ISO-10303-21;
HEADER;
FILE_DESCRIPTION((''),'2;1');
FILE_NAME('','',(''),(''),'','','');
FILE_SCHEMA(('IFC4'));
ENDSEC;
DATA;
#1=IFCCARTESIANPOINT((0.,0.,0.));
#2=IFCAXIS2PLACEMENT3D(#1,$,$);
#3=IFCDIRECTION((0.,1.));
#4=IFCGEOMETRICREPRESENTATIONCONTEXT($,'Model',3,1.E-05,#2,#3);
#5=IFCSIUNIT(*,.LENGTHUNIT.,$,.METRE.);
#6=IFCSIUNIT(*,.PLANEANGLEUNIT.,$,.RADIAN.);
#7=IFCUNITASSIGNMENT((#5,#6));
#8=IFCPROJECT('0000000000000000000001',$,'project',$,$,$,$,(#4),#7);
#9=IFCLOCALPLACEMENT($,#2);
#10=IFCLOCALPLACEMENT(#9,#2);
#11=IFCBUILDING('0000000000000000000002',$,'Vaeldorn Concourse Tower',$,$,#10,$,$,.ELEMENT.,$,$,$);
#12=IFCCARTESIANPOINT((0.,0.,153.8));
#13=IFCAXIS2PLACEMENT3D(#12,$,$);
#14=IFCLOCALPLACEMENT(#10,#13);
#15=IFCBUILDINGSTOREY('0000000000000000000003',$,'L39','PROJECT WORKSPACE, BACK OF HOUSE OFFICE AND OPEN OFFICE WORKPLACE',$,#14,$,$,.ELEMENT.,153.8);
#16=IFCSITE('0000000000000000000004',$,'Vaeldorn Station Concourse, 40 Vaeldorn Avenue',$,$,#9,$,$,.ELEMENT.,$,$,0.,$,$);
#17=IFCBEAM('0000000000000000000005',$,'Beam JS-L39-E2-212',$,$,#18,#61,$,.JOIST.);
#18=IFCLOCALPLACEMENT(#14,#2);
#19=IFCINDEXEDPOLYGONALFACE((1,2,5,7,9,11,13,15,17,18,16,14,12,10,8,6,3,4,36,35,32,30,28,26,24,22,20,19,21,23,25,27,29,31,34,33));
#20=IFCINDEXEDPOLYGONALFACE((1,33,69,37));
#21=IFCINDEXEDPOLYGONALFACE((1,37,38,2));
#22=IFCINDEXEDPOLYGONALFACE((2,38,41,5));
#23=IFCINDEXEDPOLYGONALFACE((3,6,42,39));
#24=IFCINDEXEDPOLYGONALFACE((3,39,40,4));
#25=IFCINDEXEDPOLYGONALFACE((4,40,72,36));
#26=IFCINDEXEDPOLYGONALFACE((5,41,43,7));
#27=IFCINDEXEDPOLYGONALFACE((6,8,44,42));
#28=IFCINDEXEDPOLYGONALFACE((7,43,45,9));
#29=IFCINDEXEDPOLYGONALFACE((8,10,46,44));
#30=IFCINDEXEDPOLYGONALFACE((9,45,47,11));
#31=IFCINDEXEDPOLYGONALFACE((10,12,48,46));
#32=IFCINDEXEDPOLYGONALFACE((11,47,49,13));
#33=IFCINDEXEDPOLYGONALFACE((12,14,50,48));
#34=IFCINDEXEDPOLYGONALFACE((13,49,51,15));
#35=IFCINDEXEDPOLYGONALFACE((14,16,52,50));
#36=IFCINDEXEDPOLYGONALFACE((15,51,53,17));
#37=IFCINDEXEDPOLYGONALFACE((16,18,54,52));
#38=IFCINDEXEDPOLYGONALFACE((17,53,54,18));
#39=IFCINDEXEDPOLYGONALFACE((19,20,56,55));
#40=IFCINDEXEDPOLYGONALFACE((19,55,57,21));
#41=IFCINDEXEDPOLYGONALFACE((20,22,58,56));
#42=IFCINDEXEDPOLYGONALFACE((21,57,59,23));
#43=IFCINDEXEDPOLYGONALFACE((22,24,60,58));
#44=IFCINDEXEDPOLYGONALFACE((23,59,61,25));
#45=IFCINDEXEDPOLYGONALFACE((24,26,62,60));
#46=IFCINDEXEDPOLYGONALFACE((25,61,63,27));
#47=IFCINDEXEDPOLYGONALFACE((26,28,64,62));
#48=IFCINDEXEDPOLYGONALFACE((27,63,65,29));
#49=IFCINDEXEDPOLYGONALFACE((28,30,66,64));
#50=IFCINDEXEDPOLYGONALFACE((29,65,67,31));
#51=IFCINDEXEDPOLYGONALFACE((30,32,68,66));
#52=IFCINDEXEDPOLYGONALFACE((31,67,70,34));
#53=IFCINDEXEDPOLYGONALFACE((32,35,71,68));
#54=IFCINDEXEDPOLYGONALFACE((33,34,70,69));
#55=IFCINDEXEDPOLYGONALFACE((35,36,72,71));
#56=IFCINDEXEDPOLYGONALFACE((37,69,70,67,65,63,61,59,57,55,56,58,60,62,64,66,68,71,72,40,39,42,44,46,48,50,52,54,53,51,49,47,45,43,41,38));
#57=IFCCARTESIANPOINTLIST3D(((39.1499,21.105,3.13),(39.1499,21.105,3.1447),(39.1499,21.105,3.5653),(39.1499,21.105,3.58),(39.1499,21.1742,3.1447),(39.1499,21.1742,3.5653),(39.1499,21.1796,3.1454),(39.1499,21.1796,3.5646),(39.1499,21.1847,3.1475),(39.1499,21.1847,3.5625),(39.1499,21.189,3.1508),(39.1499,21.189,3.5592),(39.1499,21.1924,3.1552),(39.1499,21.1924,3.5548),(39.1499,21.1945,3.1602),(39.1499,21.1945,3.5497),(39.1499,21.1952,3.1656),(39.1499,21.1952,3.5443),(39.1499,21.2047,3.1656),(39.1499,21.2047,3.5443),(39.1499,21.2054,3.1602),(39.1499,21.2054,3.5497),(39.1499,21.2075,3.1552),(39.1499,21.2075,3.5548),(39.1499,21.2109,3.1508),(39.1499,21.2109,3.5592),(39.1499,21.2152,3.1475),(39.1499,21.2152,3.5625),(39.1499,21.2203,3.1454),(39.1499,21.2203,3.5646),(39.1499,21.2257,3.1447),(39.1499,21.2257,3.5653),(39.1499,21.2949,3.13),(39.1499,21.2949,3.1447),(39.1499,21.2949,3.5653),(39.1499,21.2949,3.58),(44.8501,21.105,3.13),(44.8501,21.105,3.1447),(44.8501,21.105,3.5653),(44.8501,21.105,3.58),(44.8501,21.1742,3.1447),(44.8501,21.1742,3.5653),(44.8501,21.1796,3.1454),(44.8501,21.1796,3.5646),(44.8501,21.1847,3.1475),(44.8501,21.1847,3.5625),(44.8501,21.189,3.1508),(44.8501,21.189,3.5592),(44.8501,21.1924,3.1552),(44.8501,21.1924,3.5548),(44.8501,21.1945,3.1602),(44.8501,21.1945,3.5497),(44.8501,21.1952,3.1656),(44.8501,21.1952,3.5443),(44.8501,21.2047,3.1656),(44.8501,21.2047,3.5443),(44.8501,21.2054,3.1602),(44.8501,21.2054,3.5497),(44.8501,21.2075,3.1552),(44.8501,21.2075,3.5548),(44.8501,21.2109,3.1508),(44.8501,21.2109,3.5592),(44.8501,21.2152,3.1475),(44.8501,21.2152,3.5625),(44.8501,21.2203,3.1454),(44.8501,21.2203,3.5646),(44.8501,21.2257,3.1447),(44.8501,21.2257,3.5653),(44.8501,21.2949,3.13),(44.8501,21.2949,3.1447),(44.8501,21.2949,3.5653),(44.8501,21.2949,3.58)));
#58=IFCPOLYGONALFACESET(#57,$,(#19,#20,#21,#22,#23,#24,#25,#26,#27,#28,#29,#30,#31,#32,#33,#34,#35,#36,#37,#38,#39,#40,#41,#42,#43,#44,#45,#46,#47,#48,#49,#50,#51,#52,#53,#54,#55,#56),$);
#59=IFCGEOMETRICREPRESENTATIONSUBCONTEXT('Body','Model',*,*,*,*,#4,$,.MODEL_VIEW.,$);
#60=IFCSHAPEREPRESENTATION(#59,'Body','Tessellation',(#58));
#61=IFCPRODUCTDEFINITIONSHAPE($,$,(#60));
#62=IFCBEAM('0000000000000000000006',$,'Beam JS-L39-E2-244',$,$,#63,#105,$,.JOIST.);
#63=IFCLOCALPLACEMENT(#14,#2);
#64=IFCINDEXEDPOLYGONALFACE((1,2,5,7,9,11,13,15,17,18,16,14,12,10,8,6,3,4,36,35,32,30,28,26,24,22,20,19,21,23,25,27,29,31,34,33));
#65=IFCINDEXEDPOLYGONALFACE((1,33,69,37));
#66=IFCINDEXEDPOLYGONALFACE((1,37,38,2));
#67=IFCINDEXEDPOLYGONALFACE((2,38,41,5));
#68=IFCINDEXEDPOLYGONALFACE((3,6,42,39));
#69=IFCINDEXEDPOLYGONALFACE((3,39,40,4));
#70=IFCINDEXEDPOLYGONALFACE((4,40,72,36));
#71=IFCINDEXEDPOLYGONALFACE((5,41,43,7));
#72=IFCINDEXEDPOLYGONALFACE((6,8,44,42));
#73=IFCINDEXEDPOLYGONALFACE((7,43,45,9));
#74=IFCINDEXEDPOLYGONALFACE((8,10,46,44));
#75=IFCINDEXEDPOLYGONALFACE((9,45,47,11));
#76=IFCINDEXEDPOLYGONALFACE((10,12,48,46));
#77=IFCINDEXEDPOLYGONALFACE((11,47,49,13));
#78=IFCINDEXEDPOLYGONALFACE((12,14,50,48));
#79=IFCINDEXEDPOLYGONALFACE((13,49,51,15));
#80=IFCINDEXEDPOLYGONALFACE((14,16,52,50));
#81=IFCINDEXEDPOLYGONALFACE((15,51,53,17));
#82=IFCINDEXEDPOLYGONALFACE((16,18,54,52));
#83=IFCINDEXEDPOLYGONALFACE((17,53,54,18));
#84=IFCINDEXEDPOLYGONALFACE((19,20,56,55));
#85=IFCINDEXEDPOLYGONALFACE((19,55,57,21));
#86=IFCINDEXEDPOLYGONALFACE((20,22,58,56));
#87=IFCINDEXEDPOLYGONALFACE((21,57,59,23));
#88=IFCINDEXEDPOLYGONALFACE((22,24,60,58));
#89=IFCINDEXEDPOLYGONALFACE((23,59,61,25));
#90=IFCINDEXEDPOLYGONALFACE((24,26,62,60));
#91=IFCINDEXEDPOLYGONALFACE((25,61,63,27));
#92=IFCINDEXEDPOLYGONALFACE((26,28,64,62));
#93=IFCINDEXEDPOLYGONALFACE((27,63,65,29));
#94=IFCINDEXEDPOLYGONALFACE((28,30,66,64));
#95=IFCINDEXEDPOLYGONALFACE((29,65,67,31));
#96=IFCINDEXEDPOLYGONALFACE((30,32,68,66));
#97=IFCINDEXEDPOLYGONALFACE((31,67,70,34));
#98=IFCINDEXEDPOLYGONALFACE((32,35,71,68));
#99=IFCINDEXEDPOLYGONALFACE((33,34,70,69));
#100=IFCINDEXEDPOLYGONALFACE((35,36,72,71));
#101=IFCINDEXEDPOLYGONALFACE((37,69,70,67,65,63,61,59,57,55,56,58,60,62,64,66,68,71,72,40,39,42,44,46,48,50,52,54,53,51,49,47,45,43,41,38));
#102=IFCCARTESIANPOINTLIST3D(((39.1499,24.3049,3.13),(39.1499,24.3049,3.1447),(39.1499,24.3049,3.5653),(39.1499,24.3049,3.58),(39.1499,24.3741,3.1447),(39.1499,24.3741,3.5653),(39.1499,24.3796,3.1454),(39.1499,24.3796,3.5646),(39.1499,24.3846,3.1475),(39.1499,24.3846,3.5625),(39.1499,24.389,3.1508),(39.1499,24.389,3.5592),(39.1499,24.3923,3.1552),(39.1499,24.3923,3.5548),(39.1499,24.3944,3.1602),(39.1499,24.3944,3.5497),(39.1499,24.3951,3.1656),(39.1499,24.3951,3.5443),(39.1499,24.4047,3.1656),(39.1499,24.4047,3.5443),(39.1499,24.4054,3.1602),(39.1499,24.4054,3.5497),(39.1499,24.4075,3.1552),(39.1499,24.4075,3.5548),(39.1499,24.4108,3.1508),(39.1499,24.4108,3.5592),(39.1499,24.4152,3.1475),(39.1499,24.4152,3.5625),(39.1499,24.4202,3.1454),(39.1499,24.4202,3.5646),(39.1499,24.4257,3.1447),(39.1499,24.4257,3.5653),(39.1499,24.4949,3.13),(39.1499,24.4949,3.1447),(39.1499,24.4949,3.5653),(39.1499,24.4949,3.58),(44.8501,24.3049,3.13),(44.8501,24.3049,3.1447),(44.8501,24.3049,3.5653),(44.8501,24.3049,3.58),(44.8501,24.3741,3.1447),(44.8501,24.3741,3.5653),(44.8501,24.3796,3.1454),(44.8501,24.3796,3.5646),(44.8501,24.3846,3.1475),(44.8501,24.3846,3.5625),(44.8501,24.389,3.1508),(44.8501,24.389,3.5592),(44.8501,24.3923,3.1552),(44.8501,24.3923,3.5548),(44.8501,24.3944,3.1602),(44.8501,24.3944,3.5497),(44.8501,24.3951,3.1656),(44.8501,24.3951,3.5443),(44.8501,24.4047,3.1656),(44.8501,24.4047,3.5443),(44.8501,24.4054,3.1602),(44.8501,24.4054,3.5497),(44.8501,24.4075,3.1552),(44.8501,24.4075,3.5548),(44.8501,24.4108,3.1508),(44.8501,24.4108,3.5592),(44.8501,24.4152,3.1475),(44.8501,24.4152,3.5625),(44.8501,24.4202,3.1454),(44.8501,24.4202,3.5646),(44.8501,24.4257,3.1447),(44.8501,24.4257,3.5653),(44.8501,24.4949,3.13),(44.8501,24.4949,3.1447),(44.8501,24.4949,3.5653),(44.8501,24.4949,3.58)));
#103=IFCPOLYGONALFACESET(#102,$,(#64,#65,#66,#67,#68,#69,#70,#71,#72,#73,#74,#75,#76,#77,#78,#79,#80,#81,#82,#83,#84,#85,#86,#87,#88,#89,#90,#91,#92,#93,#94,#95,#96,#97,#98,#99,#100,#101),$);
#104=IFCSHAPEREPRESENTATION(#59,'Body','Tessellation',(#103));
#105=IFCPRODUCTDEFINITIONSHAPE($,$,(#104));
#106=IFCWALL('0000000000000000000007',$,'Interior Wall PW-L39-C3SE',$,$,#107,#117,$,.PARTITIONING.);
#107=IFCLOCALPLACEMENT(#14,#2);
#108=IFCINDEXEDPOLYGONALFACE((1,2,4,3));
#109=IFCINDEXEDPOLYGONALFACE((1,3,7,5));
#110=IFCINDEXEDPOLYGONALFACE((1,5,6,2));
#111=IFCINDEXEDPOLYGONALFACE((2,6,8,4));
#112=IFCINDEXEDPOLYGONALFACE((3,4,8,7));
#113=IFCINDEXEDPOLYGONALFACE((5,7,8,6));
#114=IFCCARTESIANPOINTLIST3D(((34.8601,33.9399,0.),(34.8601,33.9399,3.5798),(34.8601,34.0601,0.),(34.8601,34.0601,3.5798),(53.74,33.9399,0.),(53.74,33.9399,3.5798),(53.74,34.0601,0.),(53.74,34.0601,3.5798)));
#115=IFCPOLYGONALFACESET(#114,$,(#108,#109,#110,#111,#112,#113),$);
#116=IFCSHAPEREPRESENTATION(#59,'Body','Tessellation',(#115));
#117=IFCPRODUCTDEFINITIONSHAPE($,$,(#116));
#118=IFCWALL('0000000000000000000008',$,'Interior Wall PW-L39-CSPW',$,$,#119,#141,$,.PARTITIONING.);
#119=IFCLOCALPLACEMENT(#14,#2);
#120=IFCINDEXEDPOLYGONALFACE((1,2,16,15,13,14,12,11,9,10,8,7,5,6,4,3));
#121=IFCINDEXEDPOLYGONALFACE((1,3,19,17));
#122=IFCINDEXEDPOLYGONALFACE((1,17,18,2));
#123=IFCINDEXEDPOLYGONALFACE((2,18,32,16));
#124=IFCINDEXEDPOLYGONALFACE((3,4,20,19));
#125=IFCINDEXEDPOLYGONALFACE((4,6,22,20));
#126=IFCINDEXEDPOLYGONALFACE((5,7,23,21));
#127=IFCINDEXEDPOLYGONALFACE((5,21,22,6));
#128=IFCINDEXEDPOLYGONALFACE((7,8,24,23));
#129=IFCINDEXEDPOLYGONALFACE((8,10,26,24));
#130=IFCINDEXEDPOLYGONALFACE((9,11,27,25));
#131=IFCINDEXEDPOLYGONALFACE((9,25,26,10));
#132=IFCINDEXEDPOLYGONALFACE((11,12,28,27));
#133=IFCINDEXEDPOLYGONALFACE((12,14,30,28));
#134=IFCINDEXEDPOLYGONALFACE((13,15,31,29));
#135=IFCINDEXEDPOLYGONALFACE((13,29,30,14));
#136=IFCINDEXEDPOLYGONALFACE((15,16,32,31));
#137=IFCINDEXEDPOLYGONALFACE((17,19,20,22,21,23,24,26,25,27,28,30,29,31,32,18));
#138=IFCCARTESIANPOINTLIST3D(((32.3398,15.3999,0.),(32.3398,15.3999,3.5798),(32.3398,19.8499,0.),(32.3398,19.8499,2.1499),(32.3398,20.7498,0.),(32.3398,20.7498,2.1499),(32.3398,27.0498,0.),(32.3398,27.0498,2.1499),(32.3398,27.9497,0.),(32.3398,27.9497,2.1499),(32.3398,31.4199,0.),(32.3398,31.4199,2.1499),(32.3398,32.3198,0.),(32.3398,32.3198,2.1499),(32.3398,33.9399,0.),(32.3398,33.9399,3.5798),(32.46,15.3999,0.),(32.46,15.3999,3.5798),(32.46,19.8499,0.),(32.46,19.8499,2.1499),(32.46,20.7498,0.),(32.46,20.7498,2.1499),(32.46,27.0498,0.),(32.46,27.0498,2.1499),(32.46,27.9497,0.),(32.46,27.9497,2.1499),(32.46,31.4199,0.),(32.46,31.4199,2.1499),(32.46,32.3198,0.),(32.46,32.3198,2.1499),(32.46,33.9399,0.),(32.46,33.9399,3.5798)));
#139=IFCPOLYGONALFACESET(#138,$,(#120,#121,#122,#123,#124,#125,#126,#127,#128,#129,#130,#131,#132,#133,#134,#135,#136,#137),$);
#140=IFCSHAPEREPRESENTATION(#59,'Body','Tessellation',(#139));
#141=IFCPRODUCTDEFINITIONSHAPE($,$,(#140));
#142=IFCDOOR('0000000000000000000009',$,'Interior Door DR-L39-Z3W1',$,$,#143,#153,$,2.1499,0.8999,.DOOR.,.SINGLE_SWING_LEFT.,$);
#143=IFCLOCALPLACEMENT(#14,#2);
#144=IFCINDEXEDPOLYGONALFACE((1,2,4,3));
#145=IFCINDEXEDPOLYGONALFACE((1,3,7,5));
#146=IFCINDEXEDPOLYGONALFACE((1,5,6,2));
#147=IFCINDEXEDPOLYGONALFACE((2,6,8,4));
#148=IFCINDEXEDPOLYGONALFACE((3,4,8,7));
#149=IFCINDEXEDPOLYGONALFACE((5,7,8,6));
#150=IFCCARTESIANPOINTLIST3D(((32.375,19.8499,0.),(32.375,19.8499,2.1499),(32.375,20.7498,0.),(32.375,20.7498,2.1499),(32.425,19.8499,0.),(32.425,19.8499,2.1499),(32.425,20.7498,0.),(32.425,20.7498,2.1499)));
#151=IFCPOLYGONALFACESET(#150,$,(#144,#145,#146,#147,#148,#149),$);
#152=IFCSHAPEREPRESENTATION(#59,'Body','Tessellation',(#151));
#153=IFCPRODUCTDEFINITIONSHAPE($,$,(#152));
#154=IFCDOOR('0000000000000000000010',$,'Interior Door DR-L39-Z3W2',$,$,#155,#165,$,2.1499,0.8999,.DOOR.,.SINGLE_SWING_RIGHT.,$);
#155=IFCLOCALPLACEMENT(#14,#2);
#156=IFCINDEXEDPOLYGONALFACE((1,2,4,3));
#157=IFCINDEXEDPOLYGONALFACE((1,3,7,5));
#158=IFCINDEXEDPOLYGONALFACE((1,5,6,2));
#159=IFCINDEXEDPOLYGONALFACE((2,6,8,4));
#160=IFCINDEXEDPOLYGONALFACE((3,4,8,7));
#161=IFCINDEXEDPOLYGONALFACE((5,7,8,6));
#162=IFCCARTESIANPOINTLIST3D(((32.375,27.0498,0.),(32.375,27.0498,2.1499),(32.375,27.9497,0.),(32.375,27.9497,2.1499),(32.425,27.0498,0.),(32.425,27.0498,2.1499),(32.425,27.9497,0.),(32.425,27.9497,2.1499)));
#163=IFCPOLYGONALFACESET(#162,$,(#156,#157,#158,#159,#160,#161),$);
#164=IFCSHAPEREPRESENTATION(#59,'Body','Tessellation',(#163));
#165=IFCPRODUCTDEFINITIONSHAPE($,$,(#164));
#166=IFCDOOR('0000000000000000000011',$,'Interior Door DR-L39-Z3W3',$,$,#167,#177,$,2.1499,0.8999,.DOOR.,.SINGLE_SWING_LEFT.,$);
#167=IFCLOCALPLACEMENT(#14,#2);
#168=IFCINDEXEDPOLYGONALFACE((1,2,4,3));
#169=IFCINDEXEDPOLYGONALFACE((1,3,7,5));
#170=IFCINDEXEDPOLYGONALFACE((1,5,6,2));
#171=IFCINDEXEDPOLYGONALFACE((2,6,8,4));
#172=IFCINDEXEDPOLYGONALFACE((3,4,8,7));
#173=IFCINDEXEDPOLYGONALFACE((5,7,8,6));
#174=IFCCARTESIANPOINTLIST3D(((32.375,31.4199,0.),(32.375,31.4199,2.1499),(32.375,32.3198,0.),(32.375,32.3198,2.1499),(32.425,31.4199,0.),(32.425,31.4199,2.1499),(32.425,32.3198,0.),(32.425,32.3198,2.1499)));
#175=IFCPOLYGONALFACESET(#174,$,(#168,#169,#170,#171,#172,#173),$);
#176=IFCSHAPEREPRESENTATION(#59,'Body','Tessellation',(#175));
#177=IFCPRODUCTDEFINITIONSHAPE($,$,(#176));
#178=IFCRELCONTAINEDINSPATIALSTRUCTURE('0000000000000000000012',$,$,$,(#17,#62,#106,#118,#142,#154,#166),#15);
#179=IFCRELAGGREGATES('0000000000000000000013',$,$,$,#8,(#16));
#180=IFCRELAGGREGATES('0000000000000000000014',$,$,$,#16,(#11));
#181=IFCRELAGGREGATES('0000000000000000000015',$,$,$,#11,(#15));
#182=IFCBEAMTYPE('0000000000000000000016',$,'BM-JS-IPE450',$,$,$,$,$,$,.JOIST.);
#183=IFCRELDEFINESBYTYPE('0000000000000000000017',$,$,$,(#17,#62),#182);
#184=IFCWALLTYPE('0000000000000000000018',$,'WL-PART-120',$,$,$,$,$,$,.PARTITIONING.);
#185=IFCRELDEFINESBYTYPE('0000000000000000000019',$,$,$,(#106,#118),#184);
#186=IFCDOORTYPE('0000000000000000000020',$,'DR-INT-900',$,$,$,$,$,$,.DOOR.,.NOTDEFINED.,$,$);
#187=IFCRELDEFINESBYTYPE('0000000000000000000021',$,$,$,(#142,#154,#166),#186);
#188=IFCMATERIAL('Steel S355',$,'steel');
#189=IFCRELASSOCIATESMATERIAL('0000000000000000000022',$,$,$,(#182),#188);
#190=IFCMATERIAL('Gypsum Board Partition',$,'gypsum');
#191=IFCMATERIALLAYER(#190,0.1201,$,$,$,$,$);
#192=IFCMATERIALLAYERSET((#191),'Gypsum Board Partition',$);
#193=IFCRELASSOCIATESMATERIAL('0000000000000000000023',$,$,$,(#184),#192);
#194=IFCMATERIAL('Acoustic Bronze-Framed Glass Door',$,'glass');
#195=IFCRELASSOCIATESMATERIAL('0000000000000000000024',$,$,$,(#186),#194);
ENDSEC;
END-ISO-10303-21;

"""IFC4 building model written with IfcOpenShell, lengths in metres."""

from ifc_helpers import new_model, si_unit, direction, frame, frame_2d, origin, origin_2d, place, context, subcontext, project, spatial, rectangle, i_section, extrude, source, transform, mapped, material, layer, layer_set, material_profile, profile_set, type_object, element, fill, save


model = new_model("IFC4")

# Units and contexts
model_context = context("Model", 3, precision=1e-05, world=origin(), true_north=direction((0.0, 1.0)))
body_context = subcontext(model_context, "Body", "Model", "MODEL_VIEW")
ifc_project = project(units=[si_unit("LENGTHUNIT", "METRE"), si_unit("PLANEANGLEUNIT", "RADIAN")], contexts=[model_context])

# Site, building, storey
site_placement = place(None, origin())
site = spatial("IfcSite", under=ifc_project, at=site_placement, Name="Vaeldorn Station Concourse, 40 Vaeldorn Avenue", CompositionType="ELEMENT", RefElevation=0.0)
building_placement = place(site_placement, origin())
building = spatial("IfcBuilding", under=site, at=building_placement, Name="Vaeldorn Concourse Tower", CompositionType="ELEMENT")
storey_placement = place(building_placement, frame((0.0, 0.0, 153.8)))
storey = spatial("IfcBuildingStorey", under=building, at=storey_placement, Name="L39", Description="PROJECT WORKSPACE, BACK OF HOUSE OFFICE AND OPEN OFFICE WORKPLACE", CompositionType="ELEMENT", Elevation=153.8)

# Beams
ifc_material_1 = material(Name="Steel S355", Category="steel")
ifc_material_profile_1 = material_profile(ifc_material_1, i_section(OverallWidth=0.1899, OverallDepth=0.45, WebThickness=0.0095, FlangeThickness=0.0146, FilletRadius=0.021, at=origin_2d()), Name="IPE 450")
ifc_profile_set_1 = profile_set([ifc_material_profile_1], Name="Steel S355")
beam_type_1 = type_object("IfcBeamType", Name="BM-JS-IPE450", PredefinedType="JOIST", material=ifc_profile_set_1)
shared_shape_1 = source(origin(), body_context, "Body", "SweptSolid", [
    extrude(i_section(OverallWidth=0.1899, OverallDepth=0.45, WebThickness=0.0095, FlangeThickness=0.0146, FilletRadius=0.021, at=origin_2d()), origin(), (0.0, 0.0, 1.0), 5.7002),
])
for number, where, z_axis, x_axis, name in (
    (1, (39.1499, 21.2, 3.355), (1.0, 0.0, 0.0), (0.0, 1.0, 0.0), "Beam JS-L39-E2-212"),
    (2, (39.1499, 24.3999, 3.355), (1.0, 0.0, 0.0), (0.0, 1.0, 0.0), "Beam JS-L39-E2-244"),
):
    element("IfcBeam", number, at=place(storey_placement, frame(where, z_axis=z_axis, x_axis=x_axis)), inside=storey, type_object=beam_type_1, Name=name, PredefinedType="JOIST", context=body_context, shape_type="MappedRepresentation", body=[
        mapped(shared_shape_1, transform((0.0, 0.0, 0.0), scale=1.0)),
    ])

# Wall
ifc_material_2 = material(Name="Gypsum Board Partition", Category="gypsum")
ifc_layer = layer(ifc_material_2, 0.1201)
ifc_layer_set = layer_set([ifc_layer], Name="Gypsum Board Partition")
wall_type = type_object("IfcWallType", Name="WL-PART-120", PredefinedType="PARTITIONING", material=ifc_layer_set)
wall_1_placement = place(storey_placement, frame((34.8601, 34.0, 0.0), z_axis=(0.0, 0.0, 1.0), x_axis=(1.0, 0.0, 0.0)))
element("IfcWall", 3, at=wall_1_placement, inside=storey, type_object=wall_type, Name="Interior Wall PW-L39-C3SE", PredefinedType="PARTITIONING", context=body_context, shape_type="SweptSolid", body=[
    extrude(rectangle(XDim=18.8799, YDim=0.1201, at=frame_2d((9.4399, 0.0))), origin(), (0.0, 0.0, 1.0), 3.5798),
])

# Wall, openings, doors
wall_2_placement = place(storey_placement, frame((32.3999, 15.3999, 0.0), z_axis=(0.0, 0.0, 1.0), x_axis=(0.0, 1.0, 0.0)))
wall_2 = element("IfcWall", 4, at=wall_2_placement, inside=storey, type_object=wall_type, Name="Interior Wall PW-L39-CSPW", PredefinedType="PARTITIONING", context=body_context, shape_type="SweptSolid", body=[
    extrude(rectangle(XDim=18.54, YDim=0.1201, at=frame_2d((9.27, 0.0))), origin(), (0.0, 0.0, 1.0), 3.5798),
])
opening_1_placement = place(wall_2_placement, frame((4.45, 0.0, 0.0)))
opening_1 = element("IfcOpeningElement", 5, at=opening_1_placement, cuts=wall_2, PredefinedType="OPENING", context=body_context, shape_type="SweptSolid", body=[
    extrude(rectangle(XDim=0.8999, YDim=2.1499, at=frame_2d((0.45, 1.075))), frame((0.0, 0.0701, 0.0), z_axis=(0.0, -1.0, 0.0), x_axis=(1.0, 0.0, 0.0)), (0.0, 0.0, 1.0), 0.1401),
])
opening_2_placement = place(wall_2_placement, frame((11.6499, 0.0, 0.0)))
opening_2 = element("IfcOpeningElement", 6, at=opening_2_placement, cuts=wall_2, PredefinedType="OPENING", context=body_context, shape_type="SweptSolid", body=[
    extrude(rectangle(XDim=0.8999, YDim=2.1499, at=frame_2d((0.45, 1.075))), frame((0.0, 0.0701, 0.0), z_axis=(0.0, -1.0, 0.0), x_axis=(1.0, 0.0, 0.0)), (0.0, 0.0, 1.0), 0.1401),
])
opening_3_placement = place(wall_2_placement, frame((16.02, 0.0, 0.0)))
opening_3 = element("IfcOpeningElement", 7, at=opening_3_placement, cuts=wall_2, PredefinedType="OPENING", context=body_context, shape_type="SweptSolid", body=[
    extrude(rectangle(XDim=0.8999, YDim=2.1499, at=frame_2d((0.45, 1.075))), frame((0.0, 0.0701, 0.0), z_axis=(0.0, -1.0, 0.0), x_axis=(1.0, 0.0, 0.0)), (0.0, 0.0, 1.0), 0.1401),
])
ifc_material_3 = material(Name="Acoustic Bronze-Framed Glass Door", Category="glass")
door_type = type_object("IfcDoorType", Name="DR-INT-900", OperationType="NOTDEFINED", PredefinedType="DOOR", material=ifc_material_3)
shared_shape_2 = source(origin(), body_context, "Body", "SweptSolid", [
    extrude(rectangle(XDim=0.8999, YDim=2.1499, at=frame_2d((0.45, 1.075))), frame((0.0, 0.0249, 0.0), z_axis=(0.0, -1.0, 0.0), x_axis=(1.0, 0.0, 0.0)), (0.0, 0.0, 1.0), 0.05),
])
door_1_placement = place(opening_1_placement, origin())
door_1 = element("IfcDoor", 8, at=door_1_placement, inside=storey, type_object=door_type, Name="Interior Door DR-L39-Z3W1", OperationType="SINGLE_SWING_LEFT", OverallHeight=2.1499, OverallWidth=0.8999, PredefinedType="DOOR", context=body_context, shape_type="MappedRepresentation", body=[
    mapped(shared_shape_2, transform((0.0, 0.0, 0.0), scale=1.0)),
])
fill(opening_1, door_1)
door_2_placement = place(opening_2_placement, origin())
door_2 = element("IfcDoor", 9, at=door_2_placement, inside=storey, type_object=door_type, Name="Interior Door DR-L39-Z3W2", OperationType="SINGLE_SWING_RIGHT", OverallHeight=2.1499, OverallWidth=0.8999, PredefinedType="DOOR", context=body_context, shape_type="MappedRepresentation", body=[
    mapped(shared_shape_2, transform((0.0, 0.0, 0.0), scale=1.0)),
])
fill(opening_2, door_2)
door_3_placement = place(opening_3_placement, origin())
door_3 = element("IfcDoor", 10, at=door_3_placement, inside=storey, type_object=door_type, Name="Interior Door DR-L39-Z3W3", OperationType="SINGLE_SWING_LEFT", OverallHeight=2.1499, OverallWidth=0.8999, PredefinedType="DOOR", context=body_context, shape_type="MappedRepresentation", body=[
    mapped(shared_shape_2, transform((0.0, 0.0, 0.0), scale=1.0)),
])
fill(opening_3, door_3)

save(model, "model.ifc")
